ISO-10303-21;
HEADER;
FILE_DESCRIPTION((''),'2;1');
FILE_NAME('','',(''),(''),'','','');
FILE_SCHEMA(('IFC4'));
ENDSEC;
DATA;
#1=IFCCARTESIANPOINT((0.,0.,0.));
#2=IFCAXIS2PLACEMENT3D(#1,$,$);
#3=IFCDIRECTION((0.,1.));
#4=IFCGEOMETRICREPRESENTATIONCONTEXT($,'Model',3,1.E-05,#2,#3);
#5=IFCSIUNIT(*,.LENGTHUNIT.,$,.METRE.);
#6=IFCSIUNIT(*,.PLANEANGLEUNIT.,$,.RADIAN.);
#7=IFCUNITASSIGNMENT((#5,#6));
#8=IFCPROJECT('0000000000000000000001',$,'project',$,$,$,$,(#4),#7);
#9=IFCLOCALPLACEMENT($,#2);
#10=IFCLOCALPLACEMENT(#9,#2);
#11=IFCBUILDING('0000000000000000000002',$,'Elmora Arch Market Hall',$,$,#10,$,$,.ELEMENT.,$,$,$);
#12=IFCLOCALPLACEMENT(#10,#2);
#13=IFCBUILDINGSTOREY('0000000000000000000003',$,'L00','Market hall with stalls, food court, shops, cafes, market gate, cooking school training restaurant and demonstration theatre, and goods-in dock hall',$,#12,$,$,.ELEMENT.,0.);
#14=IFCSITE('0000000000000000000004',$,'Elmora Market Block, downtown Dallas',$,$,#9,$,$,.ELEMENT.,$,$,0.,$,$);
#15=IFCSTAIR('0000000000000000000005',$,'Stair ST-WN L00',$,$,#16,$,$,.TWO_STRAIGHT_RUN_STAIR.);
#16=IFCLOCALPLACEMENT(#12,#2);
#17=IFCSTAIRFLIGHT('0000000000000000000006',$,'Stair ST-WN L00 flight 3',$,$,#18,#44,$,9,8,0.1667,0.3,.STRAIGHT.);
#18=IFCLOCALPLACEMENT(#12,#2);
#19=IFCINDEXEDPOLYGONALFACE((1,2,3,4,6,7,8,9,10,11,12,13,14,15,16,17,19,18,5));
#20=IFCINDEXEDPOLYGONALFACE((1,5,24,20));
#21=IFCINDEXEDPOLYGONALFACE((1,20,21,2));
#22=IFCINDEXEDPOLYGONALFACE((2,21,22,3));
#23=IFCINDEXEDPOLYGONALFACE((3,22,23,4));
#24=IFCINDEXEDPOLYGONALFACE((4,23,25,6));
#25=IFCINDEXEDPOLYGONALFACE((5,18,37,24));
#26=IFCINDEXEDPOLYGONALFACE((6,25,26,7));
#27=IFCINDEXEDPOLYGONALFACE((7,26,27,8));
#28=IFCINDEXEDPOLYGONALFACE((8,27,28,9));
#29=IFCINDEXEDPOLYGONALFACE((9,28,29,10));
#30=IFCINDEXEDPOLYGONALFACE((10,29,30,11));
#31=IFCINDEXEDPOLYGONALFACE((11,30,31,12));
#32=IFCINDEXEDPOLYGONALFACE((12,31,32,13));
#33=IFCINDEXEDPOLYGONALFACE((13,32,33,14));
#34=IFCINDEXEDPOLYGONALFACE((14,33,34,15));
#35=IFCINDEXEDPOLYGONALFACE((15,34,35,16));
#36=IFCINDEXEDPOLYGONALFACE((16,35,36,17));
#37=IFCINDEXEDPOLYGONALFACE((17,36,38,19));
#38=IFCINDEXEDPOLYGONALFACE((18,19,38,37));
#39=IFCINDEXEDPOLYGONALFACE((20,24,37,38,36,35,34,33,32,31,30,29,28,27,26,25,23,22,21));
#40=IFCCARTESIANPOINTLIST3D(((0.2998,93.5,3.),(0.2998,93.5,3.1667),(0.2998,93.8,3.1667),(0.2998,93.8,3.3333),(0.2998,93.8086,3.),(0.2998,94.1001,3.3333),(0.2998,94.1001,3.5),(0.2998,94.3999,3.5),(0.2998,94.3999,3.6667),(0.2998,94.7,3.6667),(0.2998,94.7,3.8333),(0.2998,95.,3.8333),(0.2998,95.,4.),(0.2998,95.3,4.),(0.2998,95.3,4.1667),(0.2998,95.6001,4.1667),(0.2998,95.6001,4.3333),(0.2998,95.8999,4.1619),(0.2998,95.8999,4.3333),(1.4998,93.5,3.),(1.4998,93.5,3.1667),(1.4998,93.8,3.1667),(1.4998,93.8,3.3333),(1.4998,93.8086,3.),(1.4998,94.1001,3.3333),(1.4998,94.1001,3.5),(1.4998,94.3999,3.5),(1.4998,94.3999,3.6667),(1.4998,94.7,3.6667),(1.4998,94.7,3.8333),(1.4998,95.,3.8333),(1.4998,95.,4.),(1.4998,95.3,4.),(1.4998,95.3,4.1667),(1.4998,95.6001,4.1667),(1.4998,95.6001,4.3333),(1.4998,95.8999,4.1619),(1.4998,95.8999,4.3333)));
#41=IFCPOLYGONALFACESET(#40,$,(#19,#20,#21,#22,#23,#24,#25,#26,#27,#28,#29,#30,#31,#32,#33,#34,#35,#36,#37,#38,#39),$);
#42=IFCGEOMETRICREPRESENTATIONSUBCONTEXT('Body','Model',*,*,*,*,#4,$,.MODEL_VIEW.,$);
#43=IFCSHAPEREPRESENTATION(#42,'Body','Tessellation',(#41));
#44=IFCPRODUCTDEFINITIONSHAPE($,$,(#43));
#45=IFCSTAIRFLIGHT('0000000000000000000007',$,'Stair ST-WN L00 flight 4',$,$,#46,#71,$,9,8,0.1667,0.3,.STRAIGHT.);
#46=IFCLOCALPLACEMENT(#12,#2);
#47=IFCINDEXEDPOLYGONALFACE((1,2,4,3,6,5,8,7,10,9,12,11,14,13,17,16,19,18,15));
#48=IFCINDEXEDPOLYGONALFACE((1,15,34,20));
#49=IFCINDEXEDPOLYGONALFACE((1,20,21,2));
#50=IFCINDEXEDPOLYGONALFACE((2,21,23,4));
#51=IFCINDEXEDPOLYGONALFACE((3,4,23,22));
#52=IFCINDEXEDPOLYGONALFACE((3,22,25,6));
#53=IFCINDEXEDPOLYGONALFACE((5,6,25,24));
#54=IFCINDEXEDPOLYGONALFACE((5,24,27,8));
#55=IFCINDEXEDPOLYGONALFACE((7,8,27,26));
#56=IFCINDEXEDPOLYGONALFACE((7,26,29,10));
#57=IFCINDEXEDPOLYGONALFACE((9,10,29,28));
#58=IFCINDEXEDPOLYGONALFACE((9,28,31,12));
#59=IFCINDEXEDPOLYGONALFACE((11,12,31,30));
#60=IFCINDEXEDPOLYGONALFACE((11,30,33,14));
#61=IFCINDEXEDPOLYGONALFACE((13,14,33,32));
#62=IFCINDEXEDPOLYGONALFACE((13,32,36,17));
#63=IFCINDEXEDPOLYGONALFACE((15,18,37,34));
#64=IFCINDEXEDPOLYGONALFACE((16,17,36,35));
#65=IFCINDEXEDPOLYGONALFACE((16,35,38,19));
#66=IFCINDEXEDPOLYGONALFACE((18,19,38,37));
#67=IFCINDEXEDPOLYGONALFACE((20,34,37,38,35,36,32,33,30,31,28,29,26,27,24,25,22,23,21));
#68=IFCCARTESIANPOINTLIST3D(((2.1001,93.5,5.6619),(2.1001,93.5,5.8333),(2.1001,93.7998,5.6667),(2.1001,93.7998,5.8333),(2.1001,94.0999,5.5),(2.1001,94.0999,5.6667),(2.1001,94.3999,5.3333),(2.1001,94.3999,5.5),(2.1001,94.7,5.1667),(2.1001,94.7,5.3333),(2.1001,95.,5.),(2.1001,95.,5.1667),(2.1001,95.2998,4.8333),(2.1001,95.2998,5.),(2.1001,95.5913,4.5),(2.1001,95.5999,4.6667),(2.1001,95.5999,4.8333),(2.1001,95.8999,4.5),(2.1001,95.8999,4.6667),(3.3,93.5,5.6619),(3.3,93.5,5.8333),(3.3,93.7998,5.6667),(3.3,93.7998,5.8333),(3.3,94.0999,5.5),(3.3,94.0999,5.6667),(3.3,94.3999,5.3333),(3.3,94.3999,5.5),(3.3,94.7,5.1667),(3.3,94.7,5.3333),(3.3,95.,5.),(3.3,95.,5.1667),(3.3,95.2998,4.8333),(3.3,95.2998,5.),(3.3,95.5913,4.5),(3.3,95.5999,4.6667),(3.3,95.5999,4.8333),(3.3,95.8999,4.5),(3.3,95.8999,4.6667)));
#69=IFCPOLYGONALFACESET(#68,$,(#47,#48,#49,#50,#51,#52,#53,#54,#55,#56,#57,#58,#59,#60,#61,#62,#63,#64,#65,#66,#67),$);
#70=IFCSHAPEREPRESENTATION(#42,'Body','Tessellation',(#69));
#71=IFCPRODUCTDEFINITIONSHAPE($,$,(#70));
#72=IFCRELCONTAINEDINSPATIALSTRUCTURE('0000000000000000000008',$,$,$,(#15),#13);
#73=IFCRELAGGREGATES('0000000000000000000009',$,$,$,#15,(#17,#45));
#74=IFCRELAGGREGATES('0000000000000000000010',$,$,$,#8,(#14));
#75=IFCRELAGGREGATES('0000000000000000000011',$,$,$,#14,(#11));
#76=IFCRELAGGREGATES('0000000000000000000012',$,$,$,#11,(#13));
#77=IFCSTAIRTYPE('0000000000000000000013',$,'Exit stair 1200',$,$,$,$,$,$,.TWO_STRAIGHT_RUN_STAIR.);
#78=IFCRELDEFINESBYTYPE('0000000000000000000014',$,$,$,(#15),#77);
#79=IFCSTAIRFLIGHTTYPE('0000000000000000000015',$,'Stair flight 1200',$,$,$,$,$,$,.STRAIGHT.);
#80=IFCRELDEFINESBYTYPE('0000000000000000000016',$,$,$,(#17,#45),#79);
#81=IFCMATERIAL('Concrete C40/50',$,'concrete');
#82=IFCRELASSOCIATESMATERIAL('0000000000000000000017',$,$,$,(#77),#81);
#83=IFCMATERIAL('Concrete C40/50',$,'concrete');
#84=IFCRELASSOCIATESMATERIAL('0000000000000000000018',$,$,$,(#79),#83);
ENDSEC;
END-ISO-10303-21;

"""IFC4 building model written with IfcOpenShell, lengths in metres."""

from ifc_helpers import new_model, si_unit, direction, frame, origin, place, context, subcontext, project, spatial, polyline, outline, extrude, material, type_object, element, aggregate, save


model = new_model("IFC4")

# Units and contexts
model_context = context("Model", 3, precision=1e-05, world=origin(), true_north=direction((0.0, 1.0)))
body_context = subcontext(model_context, "Body", "Model", "MODEL_VIEW")
ifc_project = project(units=[si_unit("LENGTHUNIT", "METRE"), si_unit("PLANEANGLEUNIT", "RADIAN")], contexts=[model_context])

# Site, building, storey
site_placement = place(None, origin())
site = spatial("IfcSite", under=ifc_project, at=site_placement, Name="Elmora Market Block, downtown Dallas", CompositionType="ELEMENT", RefElevation=0.0)
building_placement = place(site_placement, origin())
building = spatial("IfcBuilding", under=site, at=building_placement, Name="Elmora Arch Market Hall", CompositionType="ELEMENT")
storey_placement = place(building_placement, origin())
storey = spatial("IfcBuildingStorey", under=building, at=storey_placement, Name="L00", Description="Market hall with stalls, food court, shops, cafes, market gate, cooking school training restaurant and demonstration theatre, and goods-in dock hall", CompositionType="ELEMENT", Elevation=0.0)

# Stair, stair flights
ifc_material_1 = material(Name="Concrete C40/50", Category="concrete")
stair_type = type_object("IfcStairType", Name="Exit stair 1200", PredefinedType="TWO_STRAIGHT_RUN_STAIR", material=ifc_material_1)
stair_placement = place(storey_placement, origin())
stair = element("IfcStair", 1, at=stair_placement, inside=storey, type_object=stair_type, Name="Stair ST-WN L00", PredefinedType="TWO_STRAIGHT_RUN_STAIR")
ifc_material_2 = material(Name="Concrete C40/50", Category="concrete")
stair_flight_type = type_object("IfcStairFlightType", Name="Stair flight 1200", PredefinedType="STRAIGHT", material=ifc_material_2)
stair_flight_1_placement = place(storey_placement, frame((0.8999, 93.5, 3.0), z_axis=(0.0, 0.0, 1.0), x_axis=(0.0, 1.0, 0.0)))
stair_flight_1 = element("IfcStairFlight", 2, at=stair_flight_1_placement, type_object=stair_flight_type, Name="Stair ST-WN L00 flight 3", NumberOfRisers=9, NumberOfTreads=8, PredefinedType="STRAIGHT", RiserHeight=0.1667, TreadLength=0.3, context=body_context, shape_type="SweptSolid", body=[
    extrude(outline(polyline([(0.0, 0.0), (0.0, 0.1667), (0.3, 0.1667), (0.3, 0.3333), (0.6001, 0.3333), (0.6001, 0.5), (0.8999, 0.5), (0.8999, 0.6667), (1.2, 0.6667), (1.2, 0.8333), (1.5, 0.8333), (1.5, 1.0), (1.8, 1.0), (1.8, 1.1667), (2.1001, 1.1667), (2.1001, 1.3333), (2.3999, 1.3333), (2.3999, 1.5), (2.3999, 1.1619), (0.3086, 0.0), (0.0, 0.0)])), frame((0.0, 0.6001, 0.0), z_axis=(0.0, -1.0, 0.0), x_axis=(1.0, 0.0, 0.0)), (0.0, 0.0, 1.0), 1.2),
])
stair_flight_2_placement = place(storey_placement, frame((2.7, 95.8999, 4.5), z_axis=(0.0, 0.0, 1.0), x_axis=(0.0, -1.0, 0.0)))
stair_flight_2 = element("IfcStairFlight", 3, at=stair_flight_2_placement, type_object=stair_flight_type, Name="Stair ST-WN L00 flight 4", NumberOfRisers=9, NumberOfTreads=8, PredefinedType="STRAIGHT", RiserHeight=0.1667, TreadLength=0.3, context=body_context, shape_type="SweptSolid", body=[
    extrude(outline(polyline([(0.0, 0.0), (0.0, 0.1667), (0.3, 0.1667), (0.3, 0.3333), (0.6001, 0.3333), (0.6001, 0.5), (0.8999, 0.5), (0.8999, 0.6667), (1.2, 0.6667), (1.2, 0.8333), (1.5, 0.8333), (1.5, 1.0), (1.8, 1.0), (1.8, 1.1667), (2.1001, 1.1667), (2.1001, 1.3333), (2.3999, 1.3333), (2.3999, 1.5), (2.3999, 1.1619), (0.3086, 0.0), (0.0, 0.0)])), frame((0.0, 0.6001, 0.0), z_axis=(0.0, -1.0, 0.0), x_axis=(1.0, 0.0, 0.0)), (0.0, 0.0, 1.0), 1.2),
])
aggregate(stair, [stair_flight_1, stair_flight_2])

save(model, "model.ifc")
